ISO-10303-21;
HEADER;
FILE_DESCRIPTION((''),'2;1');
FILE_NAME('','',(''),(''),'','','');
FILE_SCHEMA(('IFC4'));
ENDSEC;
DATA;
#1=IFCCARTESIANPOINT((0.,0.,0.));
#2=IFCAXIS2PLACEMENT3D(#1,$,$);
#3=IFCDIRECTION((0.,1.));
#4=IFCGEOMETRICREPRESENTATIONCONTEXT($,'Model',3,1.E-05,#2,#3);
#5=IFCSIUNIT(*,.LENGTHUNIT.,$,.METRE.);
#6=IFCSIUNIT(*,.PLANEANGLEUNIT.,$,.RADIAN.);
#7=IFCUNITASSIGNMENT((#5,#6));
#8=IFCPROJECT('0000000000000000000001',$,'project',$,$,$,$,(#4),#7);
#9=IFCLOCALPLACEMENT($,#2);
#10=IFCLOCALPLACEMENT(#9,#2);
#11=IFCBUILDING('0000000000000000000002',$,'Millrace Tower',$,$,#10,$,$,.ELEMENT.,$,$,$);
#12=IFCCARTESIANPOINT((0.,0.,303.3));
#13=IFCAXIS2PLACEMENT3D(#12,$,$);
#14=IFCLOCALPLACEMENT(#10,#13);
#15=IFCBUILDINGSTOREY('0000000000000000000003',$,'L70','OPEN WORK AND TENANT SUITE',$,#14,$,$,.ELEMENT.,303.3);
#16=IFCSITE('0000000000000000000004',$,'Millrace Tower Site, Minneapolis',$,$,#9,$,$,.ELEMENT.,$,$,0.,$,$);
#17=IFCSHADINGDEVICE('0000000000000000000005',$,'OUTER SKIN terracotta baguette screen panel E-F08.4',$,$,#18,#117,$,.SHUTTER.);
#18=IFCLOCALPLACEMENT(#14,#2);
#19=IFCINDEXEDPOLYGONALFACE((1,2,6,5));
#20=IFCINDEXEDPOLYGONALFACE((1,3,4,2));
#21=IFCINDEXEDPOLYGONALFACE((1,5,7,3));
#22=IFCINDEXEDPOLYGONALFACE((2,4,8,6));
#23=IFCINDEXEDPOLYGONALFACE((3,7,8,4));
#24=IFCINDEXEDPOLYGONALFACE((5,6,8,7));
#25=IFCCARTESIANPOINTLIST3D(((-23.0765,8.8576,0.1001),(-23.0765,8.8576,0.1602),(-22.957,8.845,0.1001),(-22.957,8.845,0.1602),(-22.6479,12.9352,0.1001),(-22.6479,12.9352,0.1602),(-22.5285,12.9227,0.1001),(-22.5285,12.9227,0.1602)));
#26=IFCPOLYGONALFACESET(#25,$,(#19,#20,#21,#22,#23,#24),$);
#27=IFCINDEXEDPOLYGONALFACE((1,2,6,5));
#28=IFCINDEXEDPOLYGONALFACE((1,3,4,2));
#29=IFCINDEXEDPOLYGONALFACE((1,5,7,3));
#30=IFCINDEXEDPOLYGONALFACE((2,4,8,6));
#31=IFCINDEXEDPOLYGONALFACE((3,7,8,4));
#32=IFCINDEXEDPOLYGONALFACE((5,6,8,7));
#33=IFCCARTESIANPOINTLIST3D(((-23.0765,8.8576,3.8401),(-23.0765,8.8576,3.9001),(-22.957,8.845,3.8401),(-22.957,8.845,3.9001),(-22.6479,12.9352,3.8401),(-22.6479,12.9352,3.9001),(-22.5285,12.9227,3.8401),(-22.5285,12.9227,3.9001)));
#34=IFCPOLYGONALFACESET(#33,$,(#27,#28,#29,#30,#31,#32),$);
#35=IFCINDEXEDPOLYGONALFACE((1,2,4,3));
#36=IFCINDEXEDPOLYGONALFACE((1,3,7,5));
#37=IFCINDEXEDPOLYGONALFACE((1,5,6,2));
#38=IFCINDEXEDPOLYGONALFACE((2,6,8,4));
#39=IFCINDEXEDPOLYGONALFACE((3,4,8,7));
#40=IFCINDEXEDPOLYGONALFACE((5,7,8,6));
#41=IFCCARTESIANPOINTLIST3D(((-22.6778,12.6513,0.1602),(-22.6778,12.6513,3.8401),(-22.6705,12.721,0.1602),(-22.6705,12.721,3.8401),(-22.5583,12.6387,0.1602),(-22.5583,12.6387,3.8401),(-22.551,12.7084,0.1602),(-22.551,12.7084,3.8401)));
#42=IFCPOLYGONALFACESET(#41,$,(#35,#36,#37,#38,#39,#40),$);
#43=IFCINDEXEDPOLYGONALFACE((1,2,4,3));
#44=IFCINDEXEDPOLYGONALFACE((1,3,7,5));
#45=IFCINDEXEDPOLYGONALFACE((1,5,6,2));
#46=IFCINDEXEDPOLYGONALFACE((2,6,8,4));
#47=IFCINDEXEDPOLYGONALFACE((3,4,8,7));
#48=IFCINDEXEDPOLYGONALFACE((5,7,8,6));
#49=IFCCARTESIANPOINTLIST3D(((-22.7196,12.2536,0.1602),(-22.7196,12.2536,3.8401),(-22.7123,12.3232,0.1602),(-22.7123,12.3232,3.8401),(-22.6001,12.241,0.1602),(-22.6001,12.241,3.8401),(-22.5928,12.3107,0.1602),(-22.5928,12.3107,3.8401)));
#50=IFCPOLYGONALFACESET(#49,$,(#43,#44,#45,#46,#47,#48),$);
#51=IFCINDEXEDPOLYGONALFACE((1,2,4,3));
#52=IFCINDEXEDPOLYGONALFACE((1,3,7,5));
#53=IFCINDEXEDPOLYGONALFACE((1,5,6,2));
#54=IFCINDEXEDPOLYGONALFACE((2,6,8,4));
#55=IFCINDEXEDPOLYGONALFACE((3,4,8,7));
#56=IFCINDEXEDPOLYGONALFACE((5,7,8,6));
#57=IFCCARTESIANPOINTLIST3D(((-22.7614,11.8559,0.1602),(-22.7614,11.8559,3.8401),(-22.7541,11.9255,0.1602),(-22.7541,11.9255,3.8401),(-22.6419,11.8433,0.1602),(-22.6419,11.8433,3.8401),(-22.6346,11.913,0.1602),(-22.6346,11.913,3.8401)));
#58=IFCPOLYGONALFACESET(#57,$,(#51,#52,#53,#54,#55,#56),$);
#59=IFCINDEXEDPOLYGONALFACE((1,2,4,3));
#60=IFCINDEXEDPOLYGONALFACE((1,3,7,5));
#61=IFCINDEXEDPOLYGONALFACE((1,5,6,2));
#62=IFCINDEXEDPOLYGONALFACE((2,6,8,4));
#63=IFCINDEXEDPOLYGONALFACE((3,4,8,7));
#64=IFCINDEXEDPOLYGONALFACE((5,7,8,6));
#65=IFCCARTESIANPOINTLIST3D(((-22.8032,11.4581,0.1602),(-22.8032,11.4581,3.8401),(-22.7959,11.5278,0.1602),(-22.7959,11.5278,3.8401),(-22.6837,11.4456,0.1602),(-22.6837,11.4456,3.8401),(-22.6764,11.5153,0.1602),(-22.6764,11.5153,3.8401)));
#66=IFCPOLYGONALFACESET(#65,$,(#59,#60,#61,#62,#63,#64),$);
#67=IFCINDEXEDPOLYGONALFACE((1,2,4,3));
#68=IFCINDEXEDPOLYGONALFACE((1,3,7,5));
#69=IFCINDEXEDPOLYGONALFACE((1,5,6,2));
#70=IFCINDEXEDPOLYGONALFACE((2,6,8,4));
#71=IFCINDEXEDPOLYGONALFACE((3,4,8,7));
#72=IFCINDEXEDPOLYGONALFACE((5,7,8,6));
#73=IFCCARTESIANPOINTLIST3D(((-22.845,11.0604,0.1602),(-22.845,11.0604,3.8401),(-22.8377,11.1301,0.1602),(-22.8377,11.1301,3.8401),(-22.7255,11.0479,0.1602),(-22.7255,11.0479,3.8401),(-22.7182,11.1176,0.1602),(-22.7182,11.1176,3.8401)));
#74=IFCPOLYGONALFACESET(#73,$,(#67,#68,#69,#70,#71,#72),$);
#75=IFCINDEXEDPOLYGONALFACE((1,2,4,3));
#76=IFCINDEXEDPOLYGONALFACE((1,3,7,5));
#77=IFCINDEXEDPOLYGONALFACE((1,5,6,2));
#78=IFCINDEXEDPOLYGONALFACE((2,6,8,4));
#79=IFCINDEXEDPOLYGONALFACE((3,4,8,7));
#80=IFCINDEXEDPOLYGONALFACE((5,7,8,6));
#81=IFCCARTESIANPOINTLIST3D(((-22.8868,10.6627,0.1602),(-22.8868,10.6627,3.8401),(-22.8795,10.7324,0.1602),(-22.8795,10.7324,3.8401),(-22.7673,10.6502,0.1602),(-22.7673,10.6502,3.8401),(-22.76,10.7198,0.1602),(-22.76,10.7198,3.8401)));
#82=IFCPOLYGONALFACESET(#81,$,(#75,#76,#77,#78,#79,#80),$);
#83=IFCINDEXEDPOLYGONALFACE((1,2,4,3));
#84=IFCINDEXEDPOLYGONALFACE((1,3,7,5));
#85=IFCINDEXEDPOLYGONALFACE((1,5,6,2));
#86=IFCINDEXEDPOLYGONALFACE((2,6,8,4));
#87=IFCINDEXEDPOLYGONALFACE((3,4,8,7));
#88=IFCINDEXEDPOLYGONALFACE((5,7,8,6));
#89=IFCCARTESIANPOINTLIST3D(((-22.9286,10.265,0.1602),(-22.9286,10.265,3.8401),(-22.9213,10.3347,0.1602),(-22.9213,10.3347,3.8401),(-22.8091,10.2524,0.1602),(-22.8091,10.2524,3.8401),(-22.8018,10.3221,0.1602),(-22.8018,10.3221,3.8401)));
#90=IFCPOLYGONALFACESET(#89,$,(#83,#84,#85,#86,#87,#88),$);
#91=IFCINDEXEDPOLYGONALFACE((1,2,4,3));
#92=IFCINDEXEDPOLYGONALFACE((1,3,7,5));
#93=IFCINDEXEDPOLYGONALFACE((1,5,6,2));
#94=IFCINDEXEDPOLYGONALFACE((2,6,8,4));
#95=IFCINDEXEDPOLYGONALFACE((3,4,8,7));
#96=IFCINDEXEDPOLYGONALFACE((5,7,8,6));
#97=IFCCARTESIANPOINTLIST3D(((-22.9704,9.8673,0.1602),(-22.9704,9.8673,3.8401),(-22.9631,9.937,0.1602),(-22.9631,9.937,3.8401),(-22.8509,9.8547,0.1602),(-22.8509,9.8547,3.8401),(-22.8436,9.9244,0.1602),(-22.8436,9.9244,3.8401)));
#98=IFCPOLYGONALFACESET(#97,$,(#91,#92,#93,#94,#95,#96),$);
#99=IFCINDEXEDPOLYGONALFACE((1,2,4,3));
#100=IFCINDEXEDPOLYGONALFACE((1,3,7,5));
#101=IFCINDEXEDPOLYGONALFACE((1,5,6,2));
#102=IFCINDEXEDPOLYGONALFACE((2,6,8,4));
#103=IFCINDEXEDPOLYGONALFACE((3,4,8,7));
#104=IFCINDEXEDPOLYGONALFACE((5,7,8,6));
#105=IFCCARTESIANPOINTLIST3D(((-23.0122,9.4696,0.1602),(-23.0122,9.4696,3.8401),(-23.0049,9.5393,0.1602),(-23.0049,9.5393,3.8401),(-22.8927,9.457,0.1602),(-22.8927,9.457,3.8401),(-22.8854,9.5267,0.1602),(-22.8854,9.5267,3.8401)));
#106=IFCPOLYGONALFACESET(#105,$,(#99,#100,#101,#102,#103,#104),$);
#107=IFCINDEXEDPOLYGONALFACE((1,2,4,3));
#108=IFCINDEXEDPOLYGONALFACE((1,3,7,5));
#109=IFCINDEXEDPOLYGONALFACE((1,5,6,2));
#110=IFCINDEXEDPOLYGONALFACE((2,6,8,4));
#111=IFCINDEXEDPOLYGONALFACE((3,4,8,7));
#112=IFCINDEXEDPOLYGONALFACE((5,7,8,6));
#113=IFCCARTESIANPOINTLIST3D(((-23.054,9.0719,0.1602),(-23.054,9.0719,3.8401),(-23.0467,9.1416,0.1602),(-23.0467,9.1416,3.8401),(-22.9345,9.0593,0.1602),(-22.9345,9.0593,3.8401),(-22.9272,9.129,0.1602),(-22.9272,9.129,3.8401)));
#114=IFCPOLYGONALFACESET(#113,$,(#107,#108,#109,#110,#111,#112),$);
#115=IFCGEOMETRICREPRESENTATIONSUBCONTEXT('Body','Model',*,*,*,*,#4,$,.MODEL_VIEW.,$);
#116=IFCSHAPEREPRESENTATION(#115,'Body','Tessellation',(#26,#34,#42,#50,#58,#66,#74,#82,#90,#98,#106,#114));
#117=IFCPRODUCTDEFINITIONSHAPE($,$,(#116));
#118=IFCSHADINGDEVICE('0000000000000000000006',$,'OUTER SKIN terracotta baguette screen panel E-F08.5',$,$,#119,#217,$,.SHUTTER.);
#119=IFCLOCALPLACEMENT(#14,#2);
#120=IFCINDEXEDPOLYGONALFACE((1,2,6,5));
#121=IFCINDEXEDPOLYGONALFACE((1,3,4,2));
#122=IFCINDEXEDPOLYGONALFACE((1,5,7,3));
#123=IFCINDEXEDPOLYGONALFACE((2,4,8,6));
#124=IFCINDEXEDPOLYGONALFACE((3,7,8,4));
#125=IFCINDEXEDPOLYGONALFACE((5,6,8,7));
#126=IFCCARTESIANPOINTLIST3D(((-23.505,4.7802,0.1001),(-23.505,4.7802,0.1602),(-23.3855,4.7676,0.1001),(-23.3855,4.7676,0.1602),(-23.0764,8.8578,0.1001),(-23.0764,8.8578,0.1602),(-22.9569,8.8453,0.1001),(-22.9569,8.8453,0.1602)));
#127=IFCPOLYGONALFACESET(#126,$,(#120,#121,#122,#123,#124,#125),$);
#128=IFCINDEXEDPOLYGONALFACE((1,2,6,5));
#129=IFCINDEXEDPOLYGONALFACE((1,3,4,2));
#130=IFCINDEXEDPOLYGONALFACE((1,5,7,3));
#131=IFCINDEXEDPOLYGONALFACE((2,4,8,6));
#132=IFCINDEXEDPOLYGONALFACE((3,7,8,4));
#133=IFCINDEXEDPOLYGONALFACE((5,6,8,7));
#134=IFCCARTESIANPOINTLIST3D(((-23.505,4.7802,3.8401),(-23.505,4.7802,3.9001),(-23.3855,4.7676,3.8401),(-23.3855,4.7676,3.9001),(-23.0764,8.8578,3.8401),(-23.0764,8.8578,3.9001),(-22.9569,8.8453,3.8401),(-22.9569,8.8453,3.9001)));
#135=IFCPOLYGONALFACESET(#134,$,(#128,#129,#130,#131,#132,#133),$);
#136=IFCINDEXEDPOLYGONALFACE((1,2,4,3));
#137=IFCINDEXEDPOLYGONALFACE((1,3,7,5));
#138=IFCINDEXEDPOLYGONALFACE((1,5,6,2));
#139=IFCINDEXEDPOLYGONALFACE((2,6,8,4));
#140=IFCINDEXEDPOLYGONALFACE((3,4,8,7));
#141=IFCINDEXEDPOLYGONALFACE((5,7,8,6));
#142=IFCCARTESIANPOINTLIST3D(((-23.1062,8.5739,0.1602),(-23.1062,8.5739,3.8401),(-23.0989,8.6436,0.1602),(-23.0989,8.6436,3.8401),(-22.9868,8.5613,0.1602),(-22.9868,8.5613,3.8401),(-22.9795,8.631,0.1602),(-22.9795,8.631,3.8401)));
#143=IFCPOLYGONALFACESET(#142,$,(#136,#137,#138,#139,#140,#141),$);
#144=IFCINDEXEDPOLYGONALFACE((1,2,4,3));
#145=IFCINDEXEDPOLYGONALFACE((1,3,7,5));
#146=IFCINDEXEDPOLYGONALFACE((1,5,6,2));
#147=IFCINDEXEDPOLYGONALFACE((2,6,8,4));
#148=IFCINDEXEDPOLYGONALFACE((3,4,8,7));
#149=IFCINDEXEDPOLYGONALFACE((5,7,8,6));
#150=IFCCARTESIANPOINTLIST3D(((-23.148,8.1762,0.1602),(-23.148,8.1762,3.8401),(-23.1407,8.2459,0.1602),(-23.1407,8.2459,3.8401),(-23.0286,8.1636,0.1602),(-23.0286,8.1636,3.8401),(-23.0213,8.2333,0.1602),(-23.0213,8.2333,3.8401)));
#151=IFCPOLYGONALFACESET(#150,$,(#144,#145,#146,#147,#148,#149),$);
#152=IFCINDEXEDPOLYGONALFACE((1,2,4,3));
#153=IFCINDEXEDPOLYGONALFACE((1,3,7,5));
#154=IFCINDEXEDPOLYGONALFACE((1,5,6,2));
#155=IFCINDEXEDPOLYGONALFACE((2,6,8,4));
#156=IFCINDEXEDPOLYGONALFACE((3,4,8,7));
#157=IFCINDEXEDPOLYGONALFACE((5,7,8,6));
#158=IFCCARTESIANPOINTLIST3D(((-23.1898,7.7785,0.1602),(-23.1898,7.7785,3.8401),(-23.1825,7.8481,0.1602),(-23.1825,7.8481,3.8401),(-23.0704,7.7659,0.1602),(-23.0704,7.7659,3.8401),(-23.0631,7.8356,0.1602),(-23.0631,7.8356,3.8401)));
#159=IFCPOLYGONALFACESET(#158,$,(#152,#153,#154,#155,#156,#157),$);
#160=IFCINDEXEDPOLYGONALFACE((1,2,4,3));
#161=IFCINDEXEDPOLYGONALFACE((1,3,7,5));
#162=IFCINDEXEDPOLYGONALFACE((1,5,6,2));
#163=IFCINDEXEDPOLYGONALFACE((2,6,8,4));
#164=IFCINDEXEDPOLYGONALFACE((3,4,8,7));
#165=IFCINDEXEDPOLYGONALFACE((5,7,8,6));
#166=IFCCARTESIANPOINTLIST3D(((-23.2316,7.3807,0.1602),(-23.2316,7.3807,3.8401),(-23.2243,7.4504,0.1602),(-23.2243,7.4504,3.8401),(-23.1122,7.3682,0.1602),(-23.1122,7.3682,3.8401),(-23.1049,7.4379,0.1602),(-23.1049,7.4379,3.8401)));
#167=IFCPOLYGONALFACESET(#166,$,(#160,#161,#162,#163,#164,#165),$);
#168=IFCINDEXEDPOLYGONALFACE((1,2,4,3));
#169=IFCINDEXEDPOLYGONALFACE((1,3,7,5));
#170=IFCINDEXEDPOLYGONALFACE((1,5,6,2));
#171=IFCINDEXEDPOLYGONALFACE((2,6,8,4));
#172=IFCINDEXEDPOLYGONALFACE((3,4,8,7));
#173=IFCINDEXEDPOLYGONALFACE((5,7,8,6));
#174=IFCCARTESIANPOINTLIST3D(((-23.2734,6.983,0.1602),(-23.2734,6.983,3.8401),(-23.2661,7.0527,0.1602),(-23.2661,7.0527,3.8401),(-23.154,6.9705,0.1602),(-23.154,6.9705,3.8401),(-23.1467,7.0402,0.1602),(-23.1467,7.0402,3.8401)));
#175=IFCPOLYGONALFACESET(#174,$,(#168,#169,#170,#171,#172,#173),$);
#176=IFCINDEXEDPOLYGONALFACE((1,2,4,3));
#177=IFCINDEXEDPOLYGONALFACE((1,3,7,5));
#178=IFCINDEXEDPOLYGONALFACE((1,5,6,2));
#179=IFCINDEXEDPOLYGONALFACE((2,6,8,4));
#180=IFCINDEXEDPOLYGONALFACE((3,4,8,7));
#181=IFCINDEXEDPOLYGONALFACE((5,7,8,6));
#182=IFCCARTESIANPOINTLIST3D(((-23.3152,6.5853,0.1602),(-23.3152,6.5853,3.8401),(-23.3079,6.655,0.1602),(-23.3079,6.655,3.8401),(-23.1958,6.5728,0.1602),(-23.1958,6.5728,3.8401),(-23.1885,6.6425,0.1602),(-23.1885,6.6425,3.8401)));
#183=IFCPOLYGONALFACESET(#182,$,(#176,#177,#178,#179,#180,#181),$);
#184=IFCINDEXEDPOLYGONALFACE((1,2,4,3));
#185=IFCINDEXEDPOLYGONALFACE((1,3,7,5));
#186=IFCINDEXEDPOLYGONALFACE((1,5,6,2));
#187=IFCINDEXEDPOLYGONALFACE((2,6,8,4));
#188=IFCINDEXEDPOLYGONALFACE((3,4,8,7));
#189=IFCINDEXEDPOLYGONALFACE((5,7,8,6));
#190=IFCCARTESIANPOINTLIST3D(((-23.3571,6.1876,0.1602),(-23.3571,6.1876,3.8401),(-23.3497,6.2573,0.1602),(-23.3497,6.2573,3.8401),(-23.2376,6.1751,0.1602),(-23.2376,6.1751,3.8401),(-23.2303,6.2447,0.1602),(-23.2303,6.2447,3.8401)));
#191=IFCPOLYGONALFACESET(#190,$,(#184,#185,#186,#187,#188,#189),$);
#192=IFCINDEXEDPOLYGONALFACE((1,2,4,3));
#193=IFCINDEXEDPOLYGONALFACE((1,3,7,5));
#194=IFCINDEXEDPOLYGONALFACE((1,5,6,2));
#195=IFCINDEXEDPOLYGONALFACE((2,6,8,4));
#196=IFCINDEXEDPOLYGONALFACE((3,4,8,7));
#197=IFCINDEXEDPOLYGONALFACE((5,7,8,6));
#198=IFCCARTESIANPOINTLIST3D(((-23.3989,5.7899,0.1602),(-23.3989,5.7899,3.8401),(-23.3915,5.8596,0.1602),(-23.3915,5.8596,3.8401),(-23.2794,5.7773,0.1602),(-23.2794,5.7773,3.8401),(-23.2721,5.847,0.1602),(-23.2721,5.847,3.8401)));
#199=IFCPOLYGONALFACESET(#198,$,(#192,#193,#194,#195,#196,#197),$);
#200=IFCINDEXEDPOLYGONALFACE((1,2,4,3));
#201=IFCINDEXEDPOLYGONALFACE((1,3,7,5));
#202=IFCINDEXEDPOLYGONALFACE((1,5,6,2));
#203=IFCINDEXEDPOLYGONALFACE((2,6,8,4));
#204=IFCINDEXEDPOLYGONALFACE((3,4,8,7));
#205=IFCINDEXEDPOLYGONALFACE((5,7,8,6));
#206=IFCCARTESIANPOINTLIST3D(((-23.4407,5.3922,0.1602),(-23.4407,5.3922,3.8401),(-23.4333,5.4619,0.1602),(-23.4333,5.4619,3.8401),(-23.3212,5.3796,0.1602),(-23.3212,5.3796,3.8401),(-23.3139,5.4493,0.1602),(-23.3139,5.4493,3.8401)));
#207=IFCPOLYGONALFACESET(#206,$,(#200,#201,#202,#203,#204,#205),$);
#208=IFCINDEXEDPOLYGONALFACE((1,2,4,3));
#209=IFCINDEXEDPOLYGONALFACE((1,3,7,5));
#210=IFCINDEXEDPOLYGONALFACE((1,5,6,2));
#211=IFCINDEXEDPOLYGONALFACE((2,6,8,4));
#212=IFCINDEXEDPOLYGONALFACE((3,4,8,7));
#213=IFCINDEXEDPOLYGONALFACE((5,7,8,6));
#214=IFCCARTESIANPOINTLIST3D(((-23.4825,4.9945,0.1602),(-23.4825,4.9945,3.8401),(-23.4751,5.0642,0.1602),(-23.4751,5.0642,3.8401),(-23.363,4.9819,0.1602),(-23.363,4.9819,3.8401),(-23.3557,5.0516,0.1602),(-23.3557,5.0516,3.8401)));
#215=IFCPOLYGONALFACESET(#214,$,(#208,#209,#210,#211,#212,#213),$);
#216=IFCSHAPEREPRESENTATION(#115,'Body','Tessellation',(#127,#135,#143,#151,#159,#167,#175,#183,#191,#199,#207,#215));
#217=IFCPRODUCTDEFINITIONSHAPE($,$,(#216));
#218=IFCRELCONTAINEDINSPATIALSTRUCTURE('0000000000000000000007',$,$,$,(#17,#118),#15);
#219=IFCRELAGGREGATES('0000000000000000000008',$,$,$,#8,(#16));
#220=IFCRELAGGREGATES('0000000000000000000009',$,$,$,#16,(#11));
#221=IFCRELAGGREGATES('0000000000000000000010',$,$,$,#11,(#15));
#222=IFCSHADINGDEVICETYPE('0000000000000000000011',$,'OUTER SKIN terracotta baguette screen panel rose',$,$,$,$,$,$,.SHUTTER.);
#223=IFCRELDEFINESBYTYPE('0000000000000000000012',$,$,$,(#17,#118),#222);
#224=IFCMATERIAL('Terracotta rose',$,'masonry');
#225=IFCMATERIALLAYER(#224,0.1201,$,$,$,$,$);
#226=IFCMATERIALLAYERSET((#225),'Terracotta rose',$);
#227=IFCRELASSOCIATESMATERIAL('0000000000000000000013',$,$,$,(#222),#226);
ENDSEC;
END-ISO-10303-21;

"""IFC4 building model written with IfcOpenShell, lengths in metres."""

from ifc_helpers import new_model, entity, si_unit, direction, frame, frame_2d, origin, place, context, subcontext, project, spatial, rectangle, extrude, source, transform, mapped, material, layer, layer_set, type_object, element, save


model = new_model("IFC4")

# Units and contexts
model_context = context("Model", 3, precision=1e-05, world=origin(), true_north=direction((0.0, 1.0)))
body_context = subcontext(model_context, "Body", "Model", "MODEL_VIEW")
ifc_project = project(units=[si_unit("LENGTHUNIT", "METRE"), si_unit("PLANEANGLEUNIT", "RADIAN")], contexts=[model_context])

# Site, building, storey
site_placement = place(None, origin())
site = spatial("IfcSite", under=ifc_project, at=site_placement, Name="Millrace Tower Site, Minneapolis", CompositionType="ELEMENT", RefElevation=0.0)
building_placement = place(site_placement, origin())
building = spatial("IfcBuilding", under=site, at=building_placement, Name="Millrace Tower", CompositionType="ELEMENT")
storey_placement = place(building_placement, frame((0.0, 0.0, 303.3)))
storey = spatial("IfcBuildingStorey", under=building, at=storey_placement, Name="L70", Description="OPEN WORK AND TENANT SUITE", CompositionType="ELEMENT", Elevation=303.3)

# Shading devices
ifc_material_1 = material(Name="Terracotta rose", Category="masonry")
ifc_layer_1 = layer(ifc_material_1, 0.1201)
ifc_layer_set_1 = layer_set([ifc_layer_1], Name="Terracotta rose")
shading_device_type = type_object("IfcShadingDeviceType", Name="OUTER SKIN terracotta baguette screen panel rose", PredefinedType="SHUTTER", material=ifc_layer_set_1)
cartesian_point = entity("IfcCartesianPoint", [-2.05, 0.0601])
shared_polyline = entity("IfcPolyline", [cartesian_point, entity("IfcCartesianPoint", [2.05, 0.0601]), entity("IfcCartesianPoint", [2.05, -0.0601]), entity("IfcCartesianPoint", [-2.05, -0.0601]), cartesian_point])
shared_shape = source(origin(), body_context, "Body", "SweptSolid", [
    entity("IfcExtrudedAreaSolid", entity("IfcArbitraryClosedProfileDef", "AREA", None, shared_polyline), entity("IfcAxis2Placement3D", entity("IfcCartesianPoint", [0.0, 0.0, 0.0])), entity("IfcDirection", [0.0, 0.0, 1.0]), 0.0601),
    entity("IfcExtrudedAreaSolid", entity("IfcArbitraryClosedProfileDef", "AREA", None, shared_polyline), entity("IfcAxis2Placement3D", entity("IfcCartesianPoint", [0.0, 0.0, 3.74])), entity("IfcDirection", [0.0, 0.0, 1.0]), 0.0601),
    extrude(rectangle(XDim=0.0701, YDim=0.1201, at=frame_2d((-1.7996, 0.0))), frame((0.0, 0.0, 0.0601)), (0.0, 0.0, 1.0), 3.6799),
    extrude(rectangle(XDim=0.0701, YDim=0.1201, at=frame_2d((-1.3997, 0.0))), frame((0.0, 0.0, 0.0601)), (0.0, 0.0, 1.0), 3.6799),
    extrude(rectangle(XDim=0.0701, YDim=0.1201, at=frame_2d((-0.9998, 0.0))), frame((0.0, 0.0, 0.0601)), (0.0, 0.0, 1.0), 3.6799),
    extrude(rectangle(XDim=0.0701, YDim=0.1201, at=frame_2d((-0.5999, 0.0))), frame((0.0, 0.0, 0.0601)), (0.0, 0.0, 1.0), 3.6799),
    extrude(rectangle(XDim=0.0701, YDim=0.1201, at=frame_2d((-0.2, 0.0))), frame((0.0, 0.0, 0.0601)), (0.0, 0.0, 1.0), 3.6799),
    extrude(rectangle(XDim=0.0701, YDim=0.1201, at=frame_2d((0.2, 0.0))), frame((0.0, 0.0, 0.0601)), (0.0, 0.0, 1.0), 3.6799),
    extrude(rectangle(XDim=0.0701, YDim=0.1201, at=frame_2d((0.5999, 0.0))), frame((0.0, 0.0, 0.0601)), (0.0, 0.0, 1.0), 3.6799),
    extrude(rectangle(XDim=0.0701, YDim=0.1201, at=frame_2d((0.9998, 0.0))), frame((0.0, 0.0, 0.0601)), (0.0, 0.0, 1.0), 3.6799),
    extrude(rectangle(XDim=0.0701, YDim=0.1201, at=frame_2d((1.3997, 0.0))), frame((0.0, 0.0, 0.0601)), (0.0, 0.0, 1.0), 3.6799),
    extrude(rectangle(XDim=0.0701, YDim=0.1201, at=frame_2d((1.7996, 0.0))), frame((0.0, 0.0, 0.0601)), (0.0, 0.0, 1.0), 3.6799),
])
for number, where, z_axis, x_axis, name in (
    (1, (-22.8025, 10.8901, 0.1001), (0.0, 0.0, 1.0), (-0.104528, -0.994522, 0.0), "OUTER SKIN terracotta baguette screen panel E-F08.4"),
    (2, (-23.231, 6.8127, 0.1001), (0.0, 0.0, 1.0), (-0.104528, -0.994522, 0.0), "OUTER SKIN terracotta baguette screen panel E-F08.5"),
):
    element("IfcShadingDevice", number, at=place(storey_placement, frame(where, z_axis=z_axis, x_axis=x_axis)), inside=storey, type_object=shading_device_type, Name=name, PredefinedType="SHUTTER", context=body_context, shape_type="MappedRepresentation", body=[
        mapped(shared_shape, transform((0.0, 0.0, 0.0), scale=1.0)),
    ])

save(model, "model.ifc")
